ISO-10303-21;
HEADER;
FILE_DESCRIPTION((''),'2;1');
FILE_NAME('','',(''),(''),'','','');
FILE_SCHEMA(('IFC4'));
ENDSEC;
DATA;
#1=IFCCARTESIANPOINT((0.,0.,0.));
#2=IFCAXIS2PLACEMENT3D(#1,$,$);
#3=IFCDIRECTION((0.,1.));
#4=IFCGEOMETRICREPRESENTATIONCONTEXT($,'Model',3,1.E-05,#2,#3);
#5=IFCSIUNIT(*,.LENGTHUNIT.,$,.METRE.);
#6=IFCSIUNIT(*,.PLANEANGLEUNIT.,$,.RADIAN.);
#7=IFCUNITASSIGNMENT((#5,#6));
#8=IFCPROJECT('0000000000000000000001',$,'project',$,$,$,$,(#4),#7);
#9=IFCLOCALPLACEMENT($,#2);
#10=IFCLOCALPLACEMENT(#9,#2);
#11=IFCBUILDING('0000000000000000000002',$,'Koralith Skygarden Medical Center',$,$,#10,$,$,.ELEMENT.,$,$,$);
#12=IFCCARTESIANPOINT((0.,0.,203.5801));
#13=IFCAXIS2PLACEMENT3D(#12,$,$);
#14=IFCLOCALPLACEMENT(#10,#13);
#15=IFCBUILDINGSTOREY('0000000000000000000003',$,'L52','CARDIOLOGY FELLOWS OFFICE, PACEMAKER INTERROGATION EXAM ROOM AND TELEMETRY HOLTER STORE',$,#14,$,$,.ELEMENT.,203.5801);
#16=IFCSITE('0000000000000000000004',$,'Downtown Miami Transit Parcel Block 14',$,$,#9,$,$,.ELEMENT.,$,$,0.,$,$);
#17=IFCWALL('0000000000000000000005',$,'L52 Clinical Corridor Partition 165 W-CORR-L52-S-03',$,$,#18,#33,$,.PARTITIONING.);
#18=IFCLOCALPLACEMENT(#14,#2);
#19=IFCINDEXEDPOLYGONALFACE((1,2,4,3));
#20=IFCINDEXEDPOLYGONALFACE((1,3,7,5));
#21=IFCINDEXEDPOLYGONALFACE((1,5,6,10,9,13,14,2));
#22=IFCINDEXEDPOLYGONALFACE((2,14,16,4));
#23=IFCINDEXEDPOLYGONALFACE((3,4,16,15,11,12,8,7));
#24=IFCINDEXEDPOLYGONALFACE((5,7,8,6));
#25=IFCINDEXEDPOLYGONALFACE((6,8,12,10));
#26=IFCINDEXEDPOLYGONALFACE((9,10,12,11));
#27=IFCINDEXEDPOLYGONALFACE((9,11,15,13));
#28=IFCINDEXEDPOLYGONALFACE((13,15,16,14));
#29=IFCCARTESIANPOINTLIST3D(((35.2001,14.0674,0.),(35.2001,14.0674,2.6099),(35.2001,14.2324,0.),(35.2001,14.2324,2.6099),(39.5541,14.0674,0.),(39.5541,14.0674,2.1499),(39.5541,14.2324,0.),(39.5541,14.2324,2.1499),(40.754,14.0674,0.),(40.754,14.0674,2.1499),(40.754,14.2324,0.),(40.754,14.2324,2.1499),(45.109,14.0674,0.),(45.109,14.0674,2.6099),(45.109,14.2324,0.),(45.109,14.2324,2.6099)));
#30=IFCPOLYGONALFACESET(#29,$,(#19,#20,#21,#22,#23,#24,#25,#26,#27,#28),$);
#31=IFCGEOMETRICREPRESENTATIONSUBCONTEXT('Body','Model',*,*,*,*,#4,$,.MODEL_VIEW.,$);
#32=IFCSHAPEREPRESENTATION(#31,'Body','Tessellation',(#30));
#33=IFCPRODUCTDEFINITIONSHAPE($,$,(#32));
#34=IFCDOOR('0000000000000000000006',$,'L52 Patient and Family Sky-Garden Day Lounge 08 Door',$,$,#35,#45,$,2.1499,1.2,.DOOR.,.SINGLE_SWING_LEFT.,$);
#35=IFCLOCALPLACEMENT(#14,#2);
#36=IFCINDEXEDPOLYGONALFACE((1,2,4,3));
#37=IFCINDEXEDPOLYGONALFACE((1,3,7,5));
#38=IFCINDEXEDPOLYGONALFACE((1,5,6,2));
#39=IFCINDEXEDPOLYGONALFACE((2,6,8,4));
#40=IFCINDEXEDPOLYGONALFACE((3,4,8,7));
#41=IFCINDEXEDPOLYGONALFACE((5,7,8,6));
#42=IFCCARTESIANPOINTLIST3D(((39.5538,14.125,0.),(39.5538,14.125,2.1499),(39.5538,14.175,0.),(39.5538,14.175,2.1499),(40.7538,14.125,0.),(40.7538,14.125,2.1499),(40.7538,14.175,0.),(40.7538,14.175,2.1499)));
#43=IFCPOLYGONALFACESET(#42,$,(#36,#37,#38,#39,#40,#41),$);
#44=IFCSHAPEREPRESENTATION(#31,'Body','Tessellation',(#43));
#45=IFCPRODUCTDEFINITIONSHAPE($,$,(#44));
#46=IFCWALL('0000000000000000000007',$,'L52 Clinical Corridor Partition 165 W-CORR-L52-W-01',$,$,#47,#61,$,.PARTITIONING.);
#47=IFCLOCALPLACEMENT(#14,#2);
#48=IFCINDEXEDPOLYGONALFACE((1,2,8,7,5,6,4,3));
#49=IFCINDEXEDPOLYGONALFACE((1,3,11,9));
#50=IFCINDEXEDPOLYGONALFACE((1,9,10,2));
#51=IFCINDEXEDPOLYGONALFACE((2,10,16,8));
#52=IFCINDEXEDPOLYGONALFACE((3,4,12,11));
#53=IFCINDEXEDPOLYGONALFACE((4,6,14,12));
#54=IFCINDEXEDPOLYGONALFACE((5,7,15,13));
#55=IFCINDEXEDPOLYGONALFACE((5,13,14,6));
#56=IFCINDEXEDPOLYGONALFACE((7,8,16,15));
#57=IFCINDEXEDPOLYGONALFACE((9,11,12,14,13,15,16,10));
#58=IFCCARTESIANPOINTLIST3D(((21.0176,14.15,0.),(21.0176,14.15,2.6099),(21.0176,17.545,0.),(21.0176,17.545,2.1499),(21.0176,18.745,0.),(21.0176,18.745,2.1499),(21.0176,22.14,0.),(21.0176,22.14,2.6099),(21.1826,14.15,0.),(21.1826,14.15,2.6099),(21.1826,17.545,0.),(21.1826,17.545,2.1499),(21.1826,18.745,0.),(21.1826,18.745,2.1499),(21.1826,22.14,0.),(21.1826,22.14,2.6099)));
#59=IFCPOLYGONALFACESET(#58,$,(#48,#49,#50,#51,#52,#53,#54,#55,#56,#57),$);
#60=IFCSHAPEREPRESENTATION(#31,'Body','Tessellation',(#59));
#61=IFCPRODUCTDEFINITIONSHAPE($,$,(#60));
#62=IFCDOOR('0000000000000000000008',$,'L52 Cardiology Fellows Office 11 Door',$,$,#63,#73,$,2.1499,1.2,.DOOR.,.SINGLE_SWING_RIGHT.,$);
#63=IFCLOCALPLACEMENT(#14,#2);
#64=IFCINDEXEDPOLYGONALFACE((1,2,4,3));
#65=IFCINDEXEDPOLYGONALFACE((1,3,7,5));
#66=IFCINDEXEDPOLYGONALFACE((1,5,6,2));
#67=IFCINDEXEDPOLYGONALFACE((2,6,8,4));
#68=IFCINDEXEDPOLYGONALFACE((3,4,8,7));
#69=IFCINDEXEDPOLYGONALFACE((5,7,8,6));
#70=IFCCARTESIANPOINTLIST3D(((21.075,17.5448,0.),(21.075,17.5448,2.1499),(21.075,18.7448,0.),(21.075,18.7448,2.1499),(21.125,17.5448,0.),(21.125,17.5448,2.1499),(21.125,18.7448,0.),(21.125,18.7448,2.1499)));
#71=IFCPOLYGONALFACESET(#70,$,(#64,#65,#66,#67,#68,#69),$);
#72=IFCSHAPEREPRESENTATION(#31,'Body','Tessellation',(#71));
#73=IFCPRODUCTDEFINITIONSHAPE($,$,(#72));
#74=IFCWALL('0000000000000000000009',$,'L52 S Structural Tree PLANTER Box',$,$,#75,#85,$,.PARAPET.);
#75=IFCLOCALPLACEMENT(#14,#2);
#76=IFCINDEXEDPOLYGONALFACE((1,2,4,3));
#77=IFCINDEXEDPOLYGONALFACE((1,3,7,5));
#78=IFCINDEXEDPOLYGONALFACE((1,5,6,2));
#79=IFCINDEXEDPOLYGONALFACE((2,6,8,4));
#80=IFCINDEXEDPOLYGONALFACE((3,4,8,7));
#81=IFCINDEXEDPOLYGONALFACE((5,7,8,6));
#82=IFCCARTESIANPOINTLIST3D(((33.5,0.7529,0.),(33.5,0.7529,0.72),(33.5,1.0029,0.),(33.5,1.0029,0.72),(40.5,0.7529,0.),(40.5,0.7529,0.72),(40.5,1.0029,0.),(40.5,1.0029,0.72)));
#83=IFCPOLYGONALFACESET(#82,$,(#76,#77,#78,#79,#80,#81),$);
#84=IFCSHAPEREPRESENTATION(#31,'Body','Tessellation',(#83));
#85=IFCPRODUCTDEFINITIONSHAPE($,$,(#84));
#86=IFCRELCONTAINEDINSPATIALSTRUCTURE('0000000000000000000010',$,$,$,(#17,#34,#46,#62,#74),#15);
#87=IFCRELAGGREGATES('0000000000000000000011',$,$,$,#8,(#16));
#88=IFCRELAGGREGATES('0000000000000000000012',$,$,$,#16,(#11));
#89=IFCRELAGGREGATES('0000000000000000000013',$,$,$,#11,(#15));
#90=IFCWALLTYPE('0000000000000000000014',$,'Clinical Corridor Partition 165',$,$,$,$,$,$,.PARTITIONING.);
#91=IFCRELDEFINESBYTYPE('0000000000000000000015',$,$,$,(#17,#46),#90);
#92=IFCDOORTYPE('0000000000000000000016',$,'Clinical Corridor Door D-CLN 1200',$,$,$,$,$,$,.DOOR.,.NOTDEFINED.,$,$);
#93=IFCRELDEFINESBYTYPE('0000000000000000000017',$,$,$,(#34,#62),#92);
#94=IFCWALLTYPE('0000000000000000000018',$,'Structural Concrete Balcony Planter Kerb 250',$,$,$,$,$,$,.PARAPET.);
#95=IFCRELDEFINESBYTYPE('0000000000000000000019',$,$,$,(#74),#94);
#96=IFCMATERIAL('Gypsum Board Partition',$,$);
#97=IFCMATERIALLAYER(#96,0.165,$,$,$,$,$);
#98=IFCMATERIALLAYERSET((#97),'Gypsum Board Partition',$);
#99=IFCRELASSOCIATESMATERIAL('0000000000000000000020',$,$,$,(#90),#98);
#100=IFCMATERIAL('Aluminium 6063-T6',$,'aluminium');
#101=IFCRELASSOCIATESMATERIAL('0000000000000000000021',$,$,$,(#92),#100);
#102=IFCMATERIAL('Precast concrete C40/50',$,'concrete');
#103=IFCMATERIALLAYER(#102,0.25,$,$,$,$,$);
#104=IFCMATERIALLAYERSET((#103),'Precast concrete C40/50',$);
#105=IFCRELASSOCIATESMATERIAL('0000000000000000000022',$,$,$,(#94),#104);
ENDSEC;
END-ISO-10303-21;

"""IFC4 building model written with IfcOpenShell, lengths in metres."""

from ifc_helpers import new_model, si_unit, direction, frame, frame_2d, origin, place, context, subcontext, project, spatial, rectangle, extrude, material, layer, layer_set, type_object, element, fill, save


model = new_model("IFC4")

# Units and contexts
model_context = context("Model", 3, precision=1e-05, world=origin(), true_north=direction((0.0, 1.0)))
body_context = subcontext(model_context, "Body", "Model", "MODEL_VIEW")
ifc_project = project(units=[si_unit("LENGTHUNIT", "METRE"), si_unit("PLANEANGLEUNIT", "RADIAN")], contexts=[model_context])

# Site, building, storey
site_placement = place(None, origin())
site = spatial("IfcSite", under=ifc_project, at=site_placement, Name="Downtown Miami Transit Parcel Block 14", CompositionType="ELEMENT", RefElevation=0.0)
building_placement = place(site_placement, origin())
building = spatial("IfcBuilding", under=site, at=building_placement, Name="Koralith Skygarden Medical Center", CompositionType="ELEMENT")
storey_placement = place(building_placement, frame((0.0, 0.0, 203.5801)))
storey = spatial("IfcBuildingStorey", under=building, at=storey_placement, Name="L52", Description="CARDIOLOGY FELLOWS OFFICE, PACEMAKER INTERROGATION EXAM ROOM AND TELEMETRY HOLTER STORE", CompositionType="ELEMENT", Elevation=203.5801)

# Shared definitions
ifc_material_1 = material(Name="Aluminium 6063-T6", Category="aluminium")

# Shared definitions
ifc_material_2 = material(Name="Gypsum Board Partition")

# Walls, openings, doors
ifc_layer_1 = layer(ifc_material_2, 0.165)
ifc_layer_set_1 = layer_set([ifc_layer_1], Name="Gypsum Board Partition")
wall_type_1 = type_object("IfcWallType", Name="Clinical Corridor Partition 165", PredefinedType="PARTITIONING", material=ifc_layer_set_1)
door_type = type_object("IfcDoorType", Name="Clinical Corridor Door D-CLN 1200", OperationType="NOTDEFINED", PredefinedType="DOOR", material=ifc_material_1)
wall_1_placement = place(storey_placement, frame((35.2, 14.1499, 0.0), z_axis=(0.0, 0.0, 1.0), x_axis=(1.0, 0.0, 0.0)))
wall_1 = element("IfcWall", 1, at=wall_1_placement, inside=storey, type_object=wall_type_1, Name="L52 Clinical Corridor Partition 165 W-CORR-L52-S-03", PredefinedType="PARTITIONING", context=body_context, shape_type="SweptSolid", body=[
    extrude(rectangle(XDim=9.9089, YDim=0.165, at=frame_2d((4.9546, 0.0))), origin(), (0.0, 0.0, 1.0), 2.6099),
])
opening_1_placement = place(wall_1_placement, frame((4.354, 0.0, 0.0)))
opening_1 = element("IfcOpeningElement", 2, at=opening_1_placement, cuts=wall_1, PredefinedType="OPENING", context=body_context, shape_type="SweptSolid", body=[
    extrude(rectangle(XDim=1.2, YDim=2.1499, at=frame_2d((0.6001, 1.075))), frame((0.0, 0.0925, 0.0), z_axis=(0.0, -1.0, 0.0), x_axis=(1.0, 0.0, 0.0)), (0.0, 0.0, 1.0), 0.1851),
])
door_1_placement = place(opening_1_placement, frame((1.2, 0.0, 0.0), z_axis=(0.0, 0.0, 1.0), x_axis=(-1.0, 0.0, 0.0)))
door_1 = element("IfcDoor", 3, at=door_1_placement, inside=storey, type_object=door_type, Name="L52 Patient and Family Sky-Garden Day Lounge 08 Door", OperationType="SINGLE_SWING_LEFT", OverallHeight=2.1499, OverallWidth=1.2, PredefinedType="DOOR", context=body_context, shape_type="SweptSolid", body=[
    extrude(rectangle(XDim=1.2, YDim=2.1499, at=frame_2d((0.6001, 1.075))), frame((0.0, 0.0249, 0.0), z_axis=(0.0, -1.0, 0.0), x_axis=(1.0, 0.0, 0.0)), (0.0, 0.0, 1.0), 0.05),
])
fill(opening_1, door_1)
wall_2_placement = place(storey_placement, frame((21.1001, 14.1499, 0.0), z_axis=(0.0, 0.0, 1.0), x_axis=(0.0, 1.0, 0.0)))
wall_2 = element("IfcWall", 4, at=wall_2_placement, inside=storey, type_object=wall_type_1, Name="L52 Clinical Corridor Partition 165 W-CORR-L52-W-01", PredefinedType="PARTITIONING", context=body_context, shape_type="SweptSolid", body=[
    extrude(rectangle(XDim=7.99, YDim=0.165, at=frame_2d((3.9951, 0.0))), origin(), (0.0, 0.0, 1.0), 2.6099),
])
opening_2_placement = place(wall_2_placement, frame((3.395, 0.0, 0.0)))
opening_2 = element("IfcOpeningElement", 5, at=opening_2_placement, cuts=wall_2, PredefinedType="OPENING", context=body_context, shape_type="SweptSolid", body=[
    extrude(rectangle(XDim=1.2, YDim=2.1499, at=frame_2d((0.6001, 1.075))), frame((0.0, 0.0925, 0.0), z_axis=(0.0, -1.0, 0.0), x_axis=(1.0, 0.0, 0.0)), (0.0, 0.0, 1.0), 0.1851),
])
door_2_placement = place(opening_2_placement, frame((1.2, 0.0, 0.0), z_axis=(0.0, 0.0, 1.0), x_axis=(-1.0, 0.0, 0.0)))
door_2 = element("IfcDoor", 6, at=door_2_placement, inside=storey, type_object=door_type, Name="L52 Cardiology Fellows Office 11 Door", OperationType="SINGLE_SWING_RIGHT", OverallHeight=2.1499, OverallWidth=1.2, PredefinedType="DOOR", context=body_context, shape_type="SweptSolid", body=[
    extrude(rectangle(XDim=1.2, YDim=2.1499, at=frame_2d((0.6001, 1.075))), frame((0.0, 0.0249, 0.0), z_axis=(0.0, -1.0, 0.0), x_axis=(1.0, 0.0, 0.0)), (0.0, 0.0, 1.0), 0.05),
])
fill(opening_2, door_2)

# Wall
ifc_material_3 = material(Name="Precast concrete C40/50", Category="concrete")
ifc_layer_2 = layer(ifc_material_3, 0.25)
ifc_layer_set_2 = layer_set([ifc_layer_2], Name="Precast concrete C40/50")
wall_type_2 = type_object("IfcWallType", Name="Structural Concrete Balcony Planter Kerb 250", PredefinedType="PARAPET", material=ifc_layer_set_2)
wall_3_placement = place(storey_placement, frame((33.5, 0.8779, 0.0), z_axis=(0.0, 0.0, 1.0), x_axis=(1.0, 0.0, 0.0)))
element("IfcWall", 7, at=wall_3_placement, inside=storey, type_object=wall_type_2, Name="L52 S Structural Tree PLANTER Box", PredefinedType="PARAPET", context=body_context, shape_type="SweptSolid", body=[
    extrude(rectangle(XDim=7.0, YDim=0.25, at=frame_2d((3.5, 0.0))), origin(), (0.0, 0.0, 1.0), 0.72),
])

save(model, "model.ifc")
